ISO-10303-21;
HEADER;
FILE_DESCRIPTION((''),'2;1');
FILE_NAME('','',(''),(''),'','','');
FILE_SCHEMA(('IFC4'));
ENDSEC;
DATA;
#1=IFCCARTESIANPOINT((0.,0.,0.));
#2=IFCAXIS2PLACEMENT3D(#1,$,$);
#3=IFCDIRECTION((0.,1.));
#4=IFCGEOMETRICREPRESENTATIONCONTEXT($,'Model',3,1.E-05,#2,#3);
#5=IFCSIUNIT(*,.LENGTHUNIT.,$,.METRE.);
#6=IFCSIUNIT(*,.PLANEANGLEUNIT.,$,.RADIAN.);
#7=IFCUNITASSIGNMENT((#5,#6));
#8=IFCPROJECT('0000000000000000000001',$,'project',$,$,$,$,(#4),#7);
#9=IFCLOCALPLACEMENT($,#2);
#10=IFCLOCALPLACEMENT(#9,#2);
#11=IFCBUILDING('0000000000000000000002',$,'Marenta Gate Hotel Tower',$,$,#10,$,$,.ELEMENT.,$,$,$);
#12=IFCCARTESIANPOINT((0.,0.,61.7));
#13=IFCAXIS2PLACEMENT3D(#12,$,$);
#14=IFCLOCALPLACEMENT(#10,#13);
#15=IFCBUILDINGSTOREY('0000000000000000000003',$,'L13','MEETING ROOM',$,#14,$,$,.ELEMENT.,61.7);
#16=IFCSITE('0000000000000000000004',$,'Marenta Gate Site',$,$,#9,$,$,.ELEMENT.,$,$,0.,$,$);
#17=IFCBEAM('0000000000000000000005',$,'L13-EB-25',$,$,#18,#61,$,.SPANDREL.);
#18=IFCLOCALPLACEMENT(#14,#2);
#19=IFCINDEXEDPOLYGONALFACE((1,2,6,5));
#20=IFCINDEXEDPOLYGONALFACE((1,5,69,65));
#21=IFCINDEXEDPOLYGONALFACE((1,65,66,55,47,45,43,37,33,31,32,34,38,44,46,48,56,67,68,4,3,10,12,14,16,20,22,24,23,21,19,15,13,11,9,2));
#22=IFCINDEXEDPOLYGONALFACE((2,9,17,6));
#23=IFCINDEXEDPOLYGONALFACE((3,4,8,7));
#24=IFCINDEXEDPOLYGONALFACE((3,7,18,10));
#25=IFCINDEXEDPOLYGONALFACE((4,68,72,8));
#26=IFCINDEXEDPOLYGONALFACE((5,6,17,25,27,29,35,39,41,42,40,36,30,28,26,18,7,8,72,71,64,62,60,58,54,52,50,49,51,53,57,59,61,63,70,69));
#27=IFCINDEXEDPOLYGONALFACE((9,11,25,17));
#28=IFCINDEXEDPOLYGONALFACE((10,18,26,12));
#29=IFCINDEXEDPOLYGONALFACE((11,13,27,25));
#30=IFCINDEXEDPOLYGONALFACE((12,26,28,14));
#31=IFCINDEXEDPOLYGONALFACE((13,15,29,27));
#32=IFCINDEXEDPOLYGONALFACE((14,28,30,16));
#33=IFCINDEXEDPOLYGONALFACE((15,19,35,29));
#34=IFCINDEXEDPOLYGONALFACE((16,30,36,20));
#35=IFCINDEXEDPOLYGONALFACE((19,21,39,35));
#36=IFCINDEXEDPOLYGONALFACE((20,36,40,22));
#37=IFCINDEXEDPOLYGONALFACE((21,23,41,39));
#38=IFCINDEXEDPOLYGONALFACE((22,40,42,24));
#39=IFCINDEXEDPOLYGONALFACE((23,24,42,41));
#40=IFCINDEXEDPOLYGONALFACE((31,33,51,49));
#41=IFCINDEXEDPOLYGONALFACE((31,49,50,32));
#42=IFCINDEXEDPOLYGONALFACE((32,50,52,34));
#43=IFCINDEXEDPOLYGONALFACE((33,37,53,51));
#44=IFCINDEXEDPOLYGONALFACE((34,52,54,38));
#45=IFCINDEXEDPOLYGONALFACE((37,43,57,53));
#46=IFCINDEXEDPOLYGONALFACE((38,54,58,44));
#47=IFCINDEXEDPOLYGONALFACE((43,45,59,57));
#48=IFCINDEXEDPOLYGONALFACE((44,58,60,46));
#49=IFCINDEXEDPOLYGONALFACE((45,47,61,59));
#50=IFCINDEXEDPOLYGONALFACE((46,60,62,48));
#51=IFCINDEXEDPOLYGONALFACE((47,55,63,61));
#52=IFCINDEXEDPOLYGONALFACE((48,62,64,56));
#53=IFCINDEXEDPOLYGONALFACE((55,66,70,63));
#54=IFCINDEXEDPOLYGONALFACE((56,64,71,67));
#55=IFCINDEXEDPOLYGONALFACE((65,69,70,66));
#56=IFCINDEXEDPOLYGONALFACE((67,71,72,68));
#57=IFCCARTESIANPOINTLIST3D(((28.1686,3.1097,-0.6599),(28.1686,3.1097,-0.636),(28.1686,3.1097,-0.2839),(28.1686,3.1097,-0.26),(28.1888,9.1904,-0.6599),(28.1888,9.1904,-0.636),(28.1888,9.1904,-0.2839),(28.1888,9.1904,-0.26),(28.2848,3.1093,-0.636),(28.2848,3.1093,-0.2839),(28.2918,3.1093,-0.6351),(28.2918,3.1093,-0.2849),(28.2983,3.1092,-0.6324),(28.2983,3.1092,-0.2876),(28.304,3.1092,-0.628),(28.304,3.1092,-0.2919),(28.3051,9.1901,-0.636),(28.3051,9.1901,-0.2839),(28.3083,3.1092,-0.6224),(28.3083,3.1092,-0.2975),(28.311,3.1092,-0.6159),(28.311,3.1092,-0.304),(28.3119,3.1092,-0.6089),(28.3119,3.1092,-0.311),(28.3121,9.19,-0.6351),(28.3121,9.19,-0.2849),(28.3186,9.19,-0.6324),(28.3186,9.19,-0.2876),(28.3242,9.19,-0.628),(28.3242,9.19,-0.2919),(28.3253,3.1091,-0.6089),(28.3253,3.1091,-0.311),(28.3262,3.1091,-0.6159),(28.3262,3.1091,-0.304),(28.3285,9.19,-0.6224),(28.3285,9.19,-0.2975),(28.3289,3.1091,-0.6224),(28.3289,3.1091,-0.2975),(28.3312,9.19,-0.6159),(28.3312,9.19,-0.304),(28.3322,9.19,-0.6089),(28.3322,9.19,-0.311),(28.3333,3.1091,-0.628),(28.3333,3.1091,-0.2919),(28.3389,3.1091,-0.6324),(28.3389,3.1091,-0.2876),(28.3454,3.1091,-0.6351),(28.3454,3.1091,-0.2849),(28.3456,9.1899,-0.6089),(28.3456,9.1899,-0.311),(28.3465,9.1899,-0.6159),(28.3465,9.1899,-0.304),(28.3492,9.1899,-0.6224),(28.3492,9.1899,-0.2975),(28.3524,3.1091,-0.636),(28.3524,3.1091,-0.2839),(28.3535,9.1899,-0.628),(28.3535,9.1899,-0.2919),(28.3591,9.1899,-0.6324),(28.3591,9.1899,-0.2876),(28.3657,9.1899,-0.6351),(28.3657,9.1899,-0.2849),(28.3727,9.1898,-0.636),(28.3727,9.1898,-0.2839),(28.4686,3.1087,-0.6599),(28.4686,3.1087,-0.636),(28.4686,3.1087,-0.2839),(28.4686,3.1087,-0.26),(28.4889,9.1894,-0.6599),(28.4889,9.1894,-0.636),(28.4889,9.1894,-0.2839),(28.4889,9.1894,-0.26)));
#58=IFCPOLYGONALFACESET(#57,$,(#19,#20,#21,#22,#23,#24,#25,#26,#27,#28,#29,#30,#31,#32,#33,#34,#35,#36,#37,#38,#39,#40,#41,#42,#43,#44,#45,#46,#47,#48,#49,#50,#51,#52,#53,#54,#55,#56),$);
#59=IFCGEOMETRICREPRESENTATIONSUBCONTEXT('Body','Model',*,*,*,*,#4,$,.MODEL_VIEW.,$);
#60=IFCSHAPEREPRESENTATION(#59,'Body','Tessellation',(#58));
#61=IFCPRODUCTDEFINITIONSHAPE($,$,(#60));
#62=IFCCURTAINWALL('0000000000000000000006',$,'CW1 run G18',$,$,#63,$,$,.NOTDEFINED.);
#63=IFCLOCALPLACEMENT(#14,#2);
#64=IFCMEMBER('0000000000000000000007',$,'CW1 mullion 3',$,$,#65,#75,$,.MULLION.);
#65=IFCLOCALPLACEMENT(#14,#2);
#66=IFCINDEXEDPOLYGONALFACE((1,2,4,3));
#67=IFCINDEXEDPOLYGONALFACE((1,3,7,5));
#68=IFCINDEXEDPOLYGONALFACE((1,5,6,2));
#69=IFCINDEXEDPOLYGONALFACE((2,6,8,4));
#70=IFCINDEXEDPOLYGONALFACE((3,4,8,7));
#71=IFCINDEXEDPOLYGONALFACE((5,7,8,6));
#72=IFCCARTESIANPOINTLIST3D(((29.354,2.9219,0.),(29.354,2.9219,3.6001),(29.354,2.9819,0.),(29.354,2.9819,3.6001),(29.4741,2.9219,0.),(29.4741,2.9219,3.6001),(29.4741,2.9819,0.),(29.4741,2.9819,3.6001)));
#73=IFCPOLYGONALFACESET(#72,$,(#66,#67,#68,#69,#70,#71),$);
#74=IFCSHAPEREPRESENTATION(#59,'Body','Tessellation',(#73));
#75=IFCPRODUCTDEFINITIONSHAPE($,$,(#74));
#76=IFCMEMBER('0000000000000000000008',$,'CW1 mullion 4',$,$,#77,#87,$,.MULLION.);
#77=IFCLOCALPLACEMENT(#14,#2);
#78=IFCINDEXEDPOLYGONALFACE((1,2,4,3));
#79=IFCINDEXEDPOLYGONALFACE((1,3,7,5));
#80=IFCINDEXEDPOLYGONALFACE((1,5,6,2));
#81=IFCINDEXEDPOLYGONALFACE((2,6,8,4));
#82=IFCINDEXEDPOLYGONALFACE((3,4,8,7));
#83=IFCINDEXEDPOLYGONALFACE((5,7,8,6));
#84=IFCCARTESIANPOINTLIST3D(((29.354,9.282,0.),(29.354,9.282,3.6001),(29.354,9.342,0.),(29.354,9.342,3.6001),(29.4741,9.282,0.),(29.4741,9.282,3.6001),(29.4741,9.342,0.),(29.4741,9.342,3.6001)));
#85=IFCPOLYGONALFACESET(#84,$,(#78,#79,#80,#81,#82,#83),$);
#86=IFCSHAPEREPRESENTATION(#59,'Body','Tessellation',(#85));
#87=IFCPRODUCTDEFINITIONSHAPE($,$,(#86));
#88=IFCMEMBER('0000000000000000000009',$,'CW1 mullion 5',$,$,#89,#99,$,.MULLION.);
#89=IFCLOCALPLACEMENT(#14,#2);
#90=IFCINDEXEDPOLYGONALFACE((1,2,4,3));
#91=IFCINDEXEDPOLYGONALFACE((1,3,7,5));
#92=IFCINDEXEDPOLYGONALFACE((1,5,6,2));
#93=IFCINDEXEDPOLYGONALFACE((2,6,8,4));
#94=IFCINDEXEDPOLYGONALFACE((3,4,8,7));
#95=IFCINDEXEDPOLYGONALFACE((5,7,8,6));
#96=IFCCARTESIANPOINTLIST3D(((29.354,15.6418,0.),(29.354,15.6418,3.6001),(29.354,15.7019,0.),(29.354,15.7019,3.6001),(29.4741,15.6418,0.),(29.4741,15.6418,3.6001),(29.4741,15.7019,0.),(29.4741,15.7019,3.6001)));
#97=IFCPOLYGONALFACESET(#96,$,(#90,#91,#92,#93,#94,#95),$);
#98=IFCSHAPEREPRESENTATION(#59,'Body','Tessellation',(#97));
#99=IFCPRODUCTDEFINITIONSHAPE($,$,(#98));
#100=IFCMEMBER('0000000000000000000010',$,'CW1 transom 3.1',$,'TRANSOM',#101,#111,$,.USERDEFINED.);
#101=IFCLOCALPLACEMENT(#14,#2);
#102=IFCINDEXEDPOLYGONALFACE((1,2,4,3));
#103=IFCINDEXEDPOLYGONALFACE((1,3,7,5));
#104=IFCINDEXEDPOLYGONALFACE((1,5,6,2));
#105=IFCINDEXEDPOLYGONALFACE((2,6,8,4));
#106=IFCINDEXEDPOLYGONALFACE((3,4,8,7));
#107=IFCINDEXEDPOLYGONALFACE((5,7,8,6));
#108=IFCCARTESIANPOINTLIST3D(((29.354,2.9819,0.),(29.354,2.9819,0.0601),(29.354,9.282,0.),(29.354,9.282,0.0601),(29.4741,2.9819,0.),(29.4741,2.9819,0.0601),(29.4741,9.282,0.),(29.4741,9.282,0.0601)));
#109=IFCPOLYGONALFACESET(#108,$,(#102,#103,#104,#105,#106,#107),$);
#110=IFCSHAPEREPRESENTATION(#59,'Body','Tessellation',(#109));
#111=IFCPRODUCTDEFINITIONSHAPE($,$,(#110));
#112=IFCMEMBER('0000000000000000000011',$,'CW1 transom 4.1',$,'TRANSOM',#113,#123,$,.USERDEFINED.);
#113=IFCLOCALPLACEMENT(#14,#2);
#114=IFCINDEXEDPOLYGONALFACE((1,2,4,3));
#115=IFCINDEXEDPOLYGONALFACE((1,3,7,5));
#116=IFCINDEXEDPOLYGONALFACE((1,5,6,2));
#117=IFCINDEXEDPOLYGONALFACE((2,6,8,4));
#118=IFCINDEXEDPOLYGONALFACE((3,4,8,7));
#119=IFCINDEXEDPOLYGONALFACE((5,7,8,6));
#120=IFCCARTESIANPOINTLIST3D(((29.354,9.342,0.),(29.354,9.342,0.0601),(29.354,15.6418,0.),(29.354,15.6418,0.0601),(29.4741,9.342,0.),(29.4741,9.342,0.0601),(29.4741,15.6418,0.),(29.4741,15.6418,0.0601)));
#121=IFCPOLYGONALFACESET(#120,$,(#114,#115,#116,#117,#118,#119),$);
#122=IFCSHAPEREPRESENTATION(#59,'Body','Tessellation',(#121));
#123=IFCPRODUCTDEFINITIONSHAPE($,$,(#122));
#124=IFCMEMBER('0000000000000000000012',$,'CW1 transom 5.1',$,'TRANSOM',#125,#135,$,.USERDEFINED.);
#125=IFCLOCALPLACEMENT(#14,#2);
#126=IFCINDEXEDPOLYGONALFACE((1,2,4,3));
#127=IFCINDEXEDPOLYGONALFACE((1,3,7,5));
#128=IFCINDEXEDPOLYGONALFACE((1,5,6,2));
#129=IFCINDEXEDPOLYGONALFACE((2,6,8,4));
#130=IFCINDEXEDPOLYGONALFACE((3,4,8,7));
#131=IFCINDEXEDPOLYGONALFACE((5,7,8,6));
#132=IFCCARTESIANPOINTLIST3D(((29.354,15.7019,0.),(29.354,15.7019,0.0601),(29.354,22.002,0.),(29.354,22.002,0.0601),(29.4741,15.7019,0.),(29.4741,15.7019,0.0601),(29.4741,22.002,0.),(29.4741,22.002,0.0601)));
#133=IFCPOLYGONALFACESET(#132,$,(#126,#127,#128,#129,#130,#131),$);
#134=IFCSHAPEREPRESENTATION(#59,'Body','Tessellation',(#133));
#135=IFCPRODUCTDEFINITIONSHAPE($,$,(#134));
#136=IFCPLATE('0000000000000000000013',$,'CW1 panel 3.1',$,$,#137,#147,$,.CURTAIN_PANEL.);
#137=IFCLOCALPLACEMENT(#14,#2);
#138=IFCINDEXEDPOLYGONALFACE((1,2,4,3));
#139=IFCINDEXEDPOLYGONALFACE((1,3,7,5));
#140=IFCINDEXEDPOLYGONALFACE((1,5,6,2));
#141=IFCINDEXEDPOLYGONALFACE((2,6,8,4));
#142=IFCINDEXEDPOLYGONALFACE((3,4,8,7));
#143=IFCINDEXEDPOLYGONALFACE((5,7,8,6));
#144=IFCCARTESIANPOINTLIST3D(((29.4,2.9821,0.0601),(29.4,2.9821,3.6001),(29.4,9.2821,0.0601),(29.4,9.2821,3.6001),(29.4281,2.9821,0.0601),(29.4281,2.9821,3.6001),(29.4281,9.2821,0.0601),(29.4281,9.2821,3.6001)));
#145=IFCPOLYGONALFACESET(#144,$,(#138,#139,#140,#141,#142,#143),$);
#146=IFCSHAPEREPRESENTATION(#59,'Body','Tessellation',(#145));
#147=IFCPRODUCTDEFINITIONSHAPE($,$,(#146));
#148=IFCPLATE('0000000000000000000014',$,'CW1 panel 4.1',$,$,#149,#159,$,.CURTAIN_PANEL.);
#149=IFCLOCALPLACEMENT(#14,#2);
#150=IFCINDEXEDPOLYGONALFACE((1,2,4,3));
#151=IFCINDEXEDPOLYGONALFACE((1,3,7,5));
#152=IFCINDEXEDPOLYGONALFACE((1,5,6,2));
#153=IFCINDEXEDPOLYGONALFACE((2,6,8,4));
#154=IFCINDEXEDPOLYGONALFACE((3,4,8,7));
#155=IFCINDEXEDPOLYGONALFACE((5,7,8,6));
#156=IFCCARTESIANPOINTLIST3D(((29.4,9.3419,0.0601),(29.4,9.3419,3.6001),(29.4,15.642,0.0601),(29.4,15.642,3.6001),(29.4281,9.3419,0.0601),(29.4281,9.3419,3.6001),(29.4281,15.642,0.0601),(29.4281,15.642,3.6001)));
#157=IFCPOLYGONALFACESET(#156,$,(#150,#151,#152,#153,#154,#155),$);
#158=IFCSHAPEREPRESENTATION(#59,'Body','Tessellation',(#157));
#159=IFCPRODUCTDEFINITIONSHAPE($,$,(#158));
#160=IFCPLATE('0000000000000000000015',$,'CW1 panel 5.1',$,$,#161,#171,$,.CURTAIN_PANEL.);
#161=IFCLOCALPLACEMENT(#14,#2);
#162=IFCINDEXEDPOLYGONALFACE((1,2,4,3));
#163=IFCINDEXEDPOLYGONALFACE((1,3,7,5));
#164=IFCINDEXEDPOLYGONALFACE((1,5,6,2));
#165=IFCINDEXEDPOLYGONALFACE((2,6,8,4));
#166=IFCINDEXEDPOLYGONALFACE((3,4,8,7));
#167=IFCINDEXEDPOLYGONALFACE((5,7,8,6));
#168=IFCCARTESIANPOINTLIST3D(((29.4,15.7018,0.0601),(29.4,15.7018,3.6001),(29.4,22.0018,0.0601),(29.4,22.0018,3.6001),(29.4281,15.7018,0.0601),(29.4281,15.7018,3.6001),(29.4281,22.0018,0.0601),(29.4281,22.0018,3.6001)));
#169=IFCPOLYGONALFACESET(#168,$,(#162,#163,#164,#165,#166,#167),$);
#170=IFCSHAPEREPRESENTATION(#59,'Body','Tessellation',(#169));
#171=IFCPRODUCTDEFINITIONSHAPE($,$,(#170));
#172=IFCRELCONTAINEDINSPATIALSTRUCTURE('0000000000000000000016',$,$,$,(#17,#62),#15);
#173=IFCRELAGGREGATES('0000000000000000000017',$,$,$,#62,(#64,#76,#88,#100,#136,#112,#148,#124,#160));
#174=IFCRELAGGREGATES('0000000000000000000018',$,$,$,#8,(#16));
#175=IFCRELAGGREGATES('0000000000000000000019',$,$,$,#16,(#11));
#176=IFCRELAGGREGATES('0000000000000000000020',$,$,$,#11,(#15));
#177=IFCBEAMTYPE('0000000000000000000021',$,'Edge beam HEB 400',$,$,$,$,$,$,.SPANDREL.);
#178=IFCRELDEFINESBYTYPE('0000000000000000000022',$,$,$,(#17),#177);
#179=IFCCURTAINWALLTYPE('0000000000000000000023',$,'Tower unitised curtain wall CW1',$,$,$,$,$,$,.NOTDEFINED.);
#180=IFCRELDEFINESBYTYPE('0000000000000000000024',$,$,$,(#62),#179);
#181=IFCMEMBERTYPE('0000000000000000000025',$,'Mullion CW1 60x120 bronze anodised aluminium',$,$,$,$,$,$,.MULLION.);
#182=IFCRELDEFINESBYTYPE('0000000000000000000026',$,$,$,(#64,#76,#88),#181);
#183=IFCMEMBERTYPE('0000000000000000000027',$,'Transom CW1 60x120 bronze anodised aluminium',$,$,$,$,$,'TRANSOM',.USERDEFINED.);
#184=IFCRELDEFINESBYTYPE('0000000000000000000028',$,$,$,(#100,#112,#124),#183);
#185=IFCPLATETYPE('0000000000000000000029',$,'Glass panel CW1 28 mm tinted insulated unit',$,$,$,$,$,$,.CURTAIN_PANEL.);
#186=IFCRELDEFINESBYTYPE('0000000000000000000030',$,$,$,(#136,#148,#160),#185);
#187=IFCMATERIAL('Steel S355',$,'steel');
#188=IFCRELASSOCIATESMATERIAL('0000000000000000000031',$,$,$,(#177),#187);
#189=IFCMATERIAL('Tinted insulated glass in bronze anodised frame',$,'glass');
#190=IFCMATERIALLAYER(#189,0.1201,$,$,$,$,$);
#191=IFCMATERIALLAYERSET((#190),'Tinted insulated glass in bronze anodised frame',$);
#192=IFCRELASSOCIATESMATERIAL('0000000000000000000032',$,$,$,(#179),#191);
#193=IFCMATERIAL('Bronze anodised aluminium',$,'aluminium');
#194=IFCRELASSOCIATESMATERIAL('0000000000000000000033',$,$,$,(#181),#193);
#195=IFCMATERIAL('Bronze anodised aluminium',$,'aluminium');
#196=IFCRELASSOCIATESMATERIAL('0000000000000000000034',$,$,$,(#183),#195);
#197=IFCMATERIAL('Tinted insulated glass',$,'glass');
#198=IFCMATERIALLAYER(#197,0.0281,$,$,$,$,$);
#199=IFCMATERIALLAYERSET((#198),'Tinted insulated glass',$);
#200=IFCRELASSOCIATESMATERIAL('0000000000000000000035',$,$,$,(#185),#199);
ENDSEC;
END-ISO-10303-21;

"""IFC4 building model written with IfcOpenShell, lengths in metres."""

from ifc_helpers import new_model, si_unit, direction, frame, origin, origin_2d, place, context, subcontext, project, spatial, rectangle, i_section, extrude, material, layer, layer_set, material_profile, profile_set, type_object, element, aggregate, save


model = new_model("IFC4")

# Units and contexts
model_context = context("Model", 3, precision=1e-05, world=origin(), true_north=direction((0.0, 1.0)))
body_context = subcontext(model_context, "Body", "Model", "MODEL_VIEW")
ifc_project = project(units=[si_unit("LENGTHUNIT", "METRE"), si_unit("PLANEANGLEUNIT", "RADIAN")], contexts=[model_context])

# Site, building, storey
site_placement = place(None, origin())
site = spatial("IfcSite", under=ifc_project, at=site_placement, Name="Marenta Gate Site", CompositionType="ELEMENT", RefElevation=0.0)
building_placement = place(site_placement, origin())
building = spatial("IfcBuilding", under=site, at=building_placement, Name="Marenta Gate Hotel Tower", CompositionType="ELEMENT")
storey_placement = place(building_placement, frame((0.0, 0.0, 61.7)))
storey = spatial("IfcBuildingStorey", under=building, at=storey_placement, Name="L13", Description="MEETING ROOM", CompositionType="ELEMENT", Elevation=61.7)

# Beam
ifc_material_1 = material(Name="Steel S355", Category="steel")
ifc_material_profile_1 = material_profile(ifc_material_1, i_section(OverallWidth=0.3, OverallDepth=0.3999, WebThickness=0.0134, FlangeThickness=0.0239, FilletRadius=0.0271, at=origin_2d()), Name="HEB 400")
ifc_profile_set_1 = profile_set([ifc_material_profile_1], Name="Steel S355")
beam_type = type_object("IfcBeamType", Name="Edge beam HEB 400", PredefinedType="SPANDREL", material=ifc_profile_set_1)
beam_1_placement = place(storey_placement, frame((28.3389, 9.1899, -0.46), z_axis=(-0.003332, -0.999994, 0.0), x_axis=(0.999994, -0.003332, 0.0)))
element("IfcBeam", 1, at=beam_1_placement, inside=storey, type_object=beam_type, Name="L13-EB-25", PredefinedType="SPANDREL", context=body_context, shape_type="SweptSolid", body=[
    extrude(i_section(OverallWidth=0.3, OverallDepth=0.3999, WebThickness=0.0134, FlangeThickness=0.0239, FilletRadius=0.0271, at=origin_2d()), origin(), (0.0, 0.0, 1.0), 6.0808),
])

# Curtain wall, members, plates
ifc_material_2 = material(Name="Tinted insulated glass in bronze anodised frame", Category="glass")
ifc_layer_1 = layer(ifc_material_2, 0.1201)
ifc_layer_set_1 = layer_set([ifc_layer_1], Name="Tinted insulated glass in bronze anodised frame")
curtain_wall_type = type_object("IfcCurtainWallType", Name="Tower unitised curtain wall CW1", PredefinedType="NOTDEFINED", material=ifc_layer_set_1)
curtain_wall_placement = place(storey_placement, origin())
curtain_wall = element("IfcCurtainWall", 2, at=curtain_wall_placement, inside=storey, type_object=curtain_wall_type, Name="CW1 run G18", PredefinedType="NOTDEFINED")
ifc_material_3 = material(Name="Bronze anodised aluminium", Category="aluminium")
ifc_material_profile_2 = material_profile(ifc_material_3, rectangle(XDim=0.1201, YDim=0.0601, at=origin_2d()), Name="Mullion CW1 60x120 bronze anodised aluminium")
ifc_profile_set_2 = profile_set([ifc_material_profile_2], Name="Bronze anodised aluminium")
member_type_1 = type_object("IfcMemberType", Name="Mullion CW1 60x120 bronze anodised aluminium", PredefinedType="MULLION", material=ifc_profile_set_2)
member_1_placement = place(storey_placement, frame((29.4141, 2.9519, 0.0), z_axis=(0.0, 0.0, 1.0), x_axis=(-1.0, 0.0, 0.0)))
member_1 = element("IfcMember", 3, at=member_1_placement, type_object=member_type_1, Name="CW1 mullion 3", PredefinedType="MULLION", context=body_context, shape_type="SweptSolid", body=[
    extrude(rectangle(XDim=0.1201, YDim=0.0601, at=origin_2d()), origin(), (0.0, 0.0, 1.0), 3.6001),
])
member_2_placement = place(storey_placement, frame((29.4141, 9.312, 0.0), z_axis=(0.0, 0.0, 1.0), x_axis=(-1.0, 0.0, 0.0)))
member_2 = element("IfcMember", 4, at=member_2_placement, type_object=member_type_1, Name="CW1 mullion 4", PredefinedType="MULLION", context=body_context, shape_type="SweptSolid", body=[
    extrude(rectangle(XDim=0.1201, YDim=0.0601, at=origin_2d()), origin(), (0.0, 0.0, 1.0), 3.6001),
])
member_3_placement = place(storey_placement, frame((29.4141, 15.6719, 0.0), z_axis=(0.0, 0.0, 1.0), x_axis=(-1.0, 0.0, 0.0)))
member_3 = element("IfcMember", 5, at=member_3_placement, type_object=member_type_1, Name="CW1 mullion 5", PredefinedType="MULLION", context=body_context, shape_type="SweptSolid", body=[
    extrude(rectangle(XDim=0.1201, YDim=0.0601, at=origin_2d()), origin(), (0.0, 0.0, 1.0), 3.6001),
])
ifc_material_4 = material(Name="Bronze anodised aluminium", Category="aluminium")
ifc_material_profile_3 = material_profile(ifc_material_4, rectangle(XDim=0.1201, YDim=0.0601, at=origin_2d()), Name="Transom CW1 60x120 bronze anodised aluminium")
ifc_profile_set_3 = profile_set([ifc_material_profile_3], Name="Bronze anodised aluminium")
member_type_2 = type_object("IfcMemberType", Name="Transom CW1 60x120 bronze anodised aluminium", ElementType="TRANSOM", PredefinedType="USERDEFINED", material=ifc_profile_set_3)
member_4_placement = place(storey_placement, frame((29.4141, 2.9819, 0.03), z_axis=(0.0, 1.0, 0.0), x_axis=(-1.0, 0.0, 0.0)))
member_4 = element("IfcMember", 6, at=member_4_placement, type_object=member_type_2, Name="CW1 transom 3.1", ObjectType="TRANSOM", PredefinedType="USERDEFINED", context=body_context, shape_type="SweptSolid", body=[
    extrude(rectangle(XDim=0.1201, YDim=0.0601, at=origin_2d()), origin(), (0.0, 0.0, 1.0), 6.3),
])
member_5_placement = place(storey_placement, frame((29.4141, 9.342, 0.03), z_axis=(0.0, 1.0, 0.0), x_axis=(-1.0, 0.0, 0.0)))
member_5 = element("IfcMember", 7, at=member_5_placement, type_object=member_type_2, Name="CW1 transom 4.1", ObjectType="TRANSOM", PredefinedType="USERDEFINED", context=body_context, shape_type="SweptSolid", body=[
    extrude(rectangle(XDim=0.1201, YDim=0.0601, at=origin_2d()), origin(), (0.0, 0.0, 1.0), 6.2998),
])
member_6_placement = place(storey_placement, frame((29.4141, 15.7019, 0.03), z_axis=(0.0, 1.0, 0.0), x_axis=(-1.0, 0.0, 0.0)))
member_6 = element("IfcMember", 8, at=member_6_placement, type_object=member_type_2, Name="CW1 transom 5.1", ObjectType="TRANSOM", PredefinedType="USERDEFINED", context=body_context, shape_type="SweptSolid", body=[
    extrude(rectangle(XDim=0.1201, YDim=0.0601, at=origin_2d()), origin(), (0.0, 0.0, 1.0), 6.3),
])
ifc_material_5 = material(Name="Tinted insulated glass", Category="glass")
ifc_layer_2 = layer(ifc_material_5, 0.0281)
ifc_layer_set_2 = layer_set([ifc_layer_2], Name="Tinted insulated glass")
plate_type = type_object("IfcPlateType", Name="Glass panel CW1 28 mm tinted insulated unit", PredefinedType="CURTAIN_PANEL", material=ifc_layer_set_2)
plate_1_placement = place(storey_placement, frame((29.4141, 6.1321, 0.0601), z_axis=(0.0, 0.0, 1.0), x_axis=(0.0, 1.0, 0.0)))
plate_1 = element("IfcPlate", 9, at=plate_1_placement, type_object=plate_type, Name="CW1 panel 3.1", PredefinedType="CURTAIN_PANEL", context=body_context, shape_type="SweptSolid", body=[
    extrude(rectangle(XDim=6.3, YDim=0.0281, at=origin_2d()), origin(), (0.0, 0.0, 1.0), 3.54),
])
plate_2_placement = place(storey_placement, frame((29.4141, 12.4919, 0.0601), z_axis=(0.0, 0.0, 1.0), x_axis=(0.0, 1.0, 0.0)))
plate_2 = element("IfcPlate", 10, at=plate_2_placement, type_object=plate_type, Name="CW1 panel 4.1", PredefinedType="CURTAIN_PANEL", context=body_context, shape_type="SweptSolid", body=[
    extrude(rectangle(XDim=6.3, YDim=0.0281, at=origin_2d()), origin(), (0.0, 0.0, 1.0), 3.54),
])
plate_3_placement = place(storey_placement, frame((29.4141, 18.8518, 0.0601), z_axis=(0.0, 0.0, 1.0), x_axis=(0.0, 1.0, 0.0)))
plate_3 = element("IfcPlate", 11, at=plate_3_placement, type_object=plate_type, Name="CW1 panel 5.1", PredefinedType="CURTAIN_PANEL", context=body_context, shape_type="SweptSolid", body=[
    extrude(rectangle(XDim=6.3, YDim=0.0281, at=origin_2d()), origin(), (0.0, 0.0, 1.0), 3.54),
])
aggregate(curtain_wall, [member_1, member_2, member_3, member_4, plate_1, member_5, plate_2, member_6, plate_3])

save(model, "model.ifc")
